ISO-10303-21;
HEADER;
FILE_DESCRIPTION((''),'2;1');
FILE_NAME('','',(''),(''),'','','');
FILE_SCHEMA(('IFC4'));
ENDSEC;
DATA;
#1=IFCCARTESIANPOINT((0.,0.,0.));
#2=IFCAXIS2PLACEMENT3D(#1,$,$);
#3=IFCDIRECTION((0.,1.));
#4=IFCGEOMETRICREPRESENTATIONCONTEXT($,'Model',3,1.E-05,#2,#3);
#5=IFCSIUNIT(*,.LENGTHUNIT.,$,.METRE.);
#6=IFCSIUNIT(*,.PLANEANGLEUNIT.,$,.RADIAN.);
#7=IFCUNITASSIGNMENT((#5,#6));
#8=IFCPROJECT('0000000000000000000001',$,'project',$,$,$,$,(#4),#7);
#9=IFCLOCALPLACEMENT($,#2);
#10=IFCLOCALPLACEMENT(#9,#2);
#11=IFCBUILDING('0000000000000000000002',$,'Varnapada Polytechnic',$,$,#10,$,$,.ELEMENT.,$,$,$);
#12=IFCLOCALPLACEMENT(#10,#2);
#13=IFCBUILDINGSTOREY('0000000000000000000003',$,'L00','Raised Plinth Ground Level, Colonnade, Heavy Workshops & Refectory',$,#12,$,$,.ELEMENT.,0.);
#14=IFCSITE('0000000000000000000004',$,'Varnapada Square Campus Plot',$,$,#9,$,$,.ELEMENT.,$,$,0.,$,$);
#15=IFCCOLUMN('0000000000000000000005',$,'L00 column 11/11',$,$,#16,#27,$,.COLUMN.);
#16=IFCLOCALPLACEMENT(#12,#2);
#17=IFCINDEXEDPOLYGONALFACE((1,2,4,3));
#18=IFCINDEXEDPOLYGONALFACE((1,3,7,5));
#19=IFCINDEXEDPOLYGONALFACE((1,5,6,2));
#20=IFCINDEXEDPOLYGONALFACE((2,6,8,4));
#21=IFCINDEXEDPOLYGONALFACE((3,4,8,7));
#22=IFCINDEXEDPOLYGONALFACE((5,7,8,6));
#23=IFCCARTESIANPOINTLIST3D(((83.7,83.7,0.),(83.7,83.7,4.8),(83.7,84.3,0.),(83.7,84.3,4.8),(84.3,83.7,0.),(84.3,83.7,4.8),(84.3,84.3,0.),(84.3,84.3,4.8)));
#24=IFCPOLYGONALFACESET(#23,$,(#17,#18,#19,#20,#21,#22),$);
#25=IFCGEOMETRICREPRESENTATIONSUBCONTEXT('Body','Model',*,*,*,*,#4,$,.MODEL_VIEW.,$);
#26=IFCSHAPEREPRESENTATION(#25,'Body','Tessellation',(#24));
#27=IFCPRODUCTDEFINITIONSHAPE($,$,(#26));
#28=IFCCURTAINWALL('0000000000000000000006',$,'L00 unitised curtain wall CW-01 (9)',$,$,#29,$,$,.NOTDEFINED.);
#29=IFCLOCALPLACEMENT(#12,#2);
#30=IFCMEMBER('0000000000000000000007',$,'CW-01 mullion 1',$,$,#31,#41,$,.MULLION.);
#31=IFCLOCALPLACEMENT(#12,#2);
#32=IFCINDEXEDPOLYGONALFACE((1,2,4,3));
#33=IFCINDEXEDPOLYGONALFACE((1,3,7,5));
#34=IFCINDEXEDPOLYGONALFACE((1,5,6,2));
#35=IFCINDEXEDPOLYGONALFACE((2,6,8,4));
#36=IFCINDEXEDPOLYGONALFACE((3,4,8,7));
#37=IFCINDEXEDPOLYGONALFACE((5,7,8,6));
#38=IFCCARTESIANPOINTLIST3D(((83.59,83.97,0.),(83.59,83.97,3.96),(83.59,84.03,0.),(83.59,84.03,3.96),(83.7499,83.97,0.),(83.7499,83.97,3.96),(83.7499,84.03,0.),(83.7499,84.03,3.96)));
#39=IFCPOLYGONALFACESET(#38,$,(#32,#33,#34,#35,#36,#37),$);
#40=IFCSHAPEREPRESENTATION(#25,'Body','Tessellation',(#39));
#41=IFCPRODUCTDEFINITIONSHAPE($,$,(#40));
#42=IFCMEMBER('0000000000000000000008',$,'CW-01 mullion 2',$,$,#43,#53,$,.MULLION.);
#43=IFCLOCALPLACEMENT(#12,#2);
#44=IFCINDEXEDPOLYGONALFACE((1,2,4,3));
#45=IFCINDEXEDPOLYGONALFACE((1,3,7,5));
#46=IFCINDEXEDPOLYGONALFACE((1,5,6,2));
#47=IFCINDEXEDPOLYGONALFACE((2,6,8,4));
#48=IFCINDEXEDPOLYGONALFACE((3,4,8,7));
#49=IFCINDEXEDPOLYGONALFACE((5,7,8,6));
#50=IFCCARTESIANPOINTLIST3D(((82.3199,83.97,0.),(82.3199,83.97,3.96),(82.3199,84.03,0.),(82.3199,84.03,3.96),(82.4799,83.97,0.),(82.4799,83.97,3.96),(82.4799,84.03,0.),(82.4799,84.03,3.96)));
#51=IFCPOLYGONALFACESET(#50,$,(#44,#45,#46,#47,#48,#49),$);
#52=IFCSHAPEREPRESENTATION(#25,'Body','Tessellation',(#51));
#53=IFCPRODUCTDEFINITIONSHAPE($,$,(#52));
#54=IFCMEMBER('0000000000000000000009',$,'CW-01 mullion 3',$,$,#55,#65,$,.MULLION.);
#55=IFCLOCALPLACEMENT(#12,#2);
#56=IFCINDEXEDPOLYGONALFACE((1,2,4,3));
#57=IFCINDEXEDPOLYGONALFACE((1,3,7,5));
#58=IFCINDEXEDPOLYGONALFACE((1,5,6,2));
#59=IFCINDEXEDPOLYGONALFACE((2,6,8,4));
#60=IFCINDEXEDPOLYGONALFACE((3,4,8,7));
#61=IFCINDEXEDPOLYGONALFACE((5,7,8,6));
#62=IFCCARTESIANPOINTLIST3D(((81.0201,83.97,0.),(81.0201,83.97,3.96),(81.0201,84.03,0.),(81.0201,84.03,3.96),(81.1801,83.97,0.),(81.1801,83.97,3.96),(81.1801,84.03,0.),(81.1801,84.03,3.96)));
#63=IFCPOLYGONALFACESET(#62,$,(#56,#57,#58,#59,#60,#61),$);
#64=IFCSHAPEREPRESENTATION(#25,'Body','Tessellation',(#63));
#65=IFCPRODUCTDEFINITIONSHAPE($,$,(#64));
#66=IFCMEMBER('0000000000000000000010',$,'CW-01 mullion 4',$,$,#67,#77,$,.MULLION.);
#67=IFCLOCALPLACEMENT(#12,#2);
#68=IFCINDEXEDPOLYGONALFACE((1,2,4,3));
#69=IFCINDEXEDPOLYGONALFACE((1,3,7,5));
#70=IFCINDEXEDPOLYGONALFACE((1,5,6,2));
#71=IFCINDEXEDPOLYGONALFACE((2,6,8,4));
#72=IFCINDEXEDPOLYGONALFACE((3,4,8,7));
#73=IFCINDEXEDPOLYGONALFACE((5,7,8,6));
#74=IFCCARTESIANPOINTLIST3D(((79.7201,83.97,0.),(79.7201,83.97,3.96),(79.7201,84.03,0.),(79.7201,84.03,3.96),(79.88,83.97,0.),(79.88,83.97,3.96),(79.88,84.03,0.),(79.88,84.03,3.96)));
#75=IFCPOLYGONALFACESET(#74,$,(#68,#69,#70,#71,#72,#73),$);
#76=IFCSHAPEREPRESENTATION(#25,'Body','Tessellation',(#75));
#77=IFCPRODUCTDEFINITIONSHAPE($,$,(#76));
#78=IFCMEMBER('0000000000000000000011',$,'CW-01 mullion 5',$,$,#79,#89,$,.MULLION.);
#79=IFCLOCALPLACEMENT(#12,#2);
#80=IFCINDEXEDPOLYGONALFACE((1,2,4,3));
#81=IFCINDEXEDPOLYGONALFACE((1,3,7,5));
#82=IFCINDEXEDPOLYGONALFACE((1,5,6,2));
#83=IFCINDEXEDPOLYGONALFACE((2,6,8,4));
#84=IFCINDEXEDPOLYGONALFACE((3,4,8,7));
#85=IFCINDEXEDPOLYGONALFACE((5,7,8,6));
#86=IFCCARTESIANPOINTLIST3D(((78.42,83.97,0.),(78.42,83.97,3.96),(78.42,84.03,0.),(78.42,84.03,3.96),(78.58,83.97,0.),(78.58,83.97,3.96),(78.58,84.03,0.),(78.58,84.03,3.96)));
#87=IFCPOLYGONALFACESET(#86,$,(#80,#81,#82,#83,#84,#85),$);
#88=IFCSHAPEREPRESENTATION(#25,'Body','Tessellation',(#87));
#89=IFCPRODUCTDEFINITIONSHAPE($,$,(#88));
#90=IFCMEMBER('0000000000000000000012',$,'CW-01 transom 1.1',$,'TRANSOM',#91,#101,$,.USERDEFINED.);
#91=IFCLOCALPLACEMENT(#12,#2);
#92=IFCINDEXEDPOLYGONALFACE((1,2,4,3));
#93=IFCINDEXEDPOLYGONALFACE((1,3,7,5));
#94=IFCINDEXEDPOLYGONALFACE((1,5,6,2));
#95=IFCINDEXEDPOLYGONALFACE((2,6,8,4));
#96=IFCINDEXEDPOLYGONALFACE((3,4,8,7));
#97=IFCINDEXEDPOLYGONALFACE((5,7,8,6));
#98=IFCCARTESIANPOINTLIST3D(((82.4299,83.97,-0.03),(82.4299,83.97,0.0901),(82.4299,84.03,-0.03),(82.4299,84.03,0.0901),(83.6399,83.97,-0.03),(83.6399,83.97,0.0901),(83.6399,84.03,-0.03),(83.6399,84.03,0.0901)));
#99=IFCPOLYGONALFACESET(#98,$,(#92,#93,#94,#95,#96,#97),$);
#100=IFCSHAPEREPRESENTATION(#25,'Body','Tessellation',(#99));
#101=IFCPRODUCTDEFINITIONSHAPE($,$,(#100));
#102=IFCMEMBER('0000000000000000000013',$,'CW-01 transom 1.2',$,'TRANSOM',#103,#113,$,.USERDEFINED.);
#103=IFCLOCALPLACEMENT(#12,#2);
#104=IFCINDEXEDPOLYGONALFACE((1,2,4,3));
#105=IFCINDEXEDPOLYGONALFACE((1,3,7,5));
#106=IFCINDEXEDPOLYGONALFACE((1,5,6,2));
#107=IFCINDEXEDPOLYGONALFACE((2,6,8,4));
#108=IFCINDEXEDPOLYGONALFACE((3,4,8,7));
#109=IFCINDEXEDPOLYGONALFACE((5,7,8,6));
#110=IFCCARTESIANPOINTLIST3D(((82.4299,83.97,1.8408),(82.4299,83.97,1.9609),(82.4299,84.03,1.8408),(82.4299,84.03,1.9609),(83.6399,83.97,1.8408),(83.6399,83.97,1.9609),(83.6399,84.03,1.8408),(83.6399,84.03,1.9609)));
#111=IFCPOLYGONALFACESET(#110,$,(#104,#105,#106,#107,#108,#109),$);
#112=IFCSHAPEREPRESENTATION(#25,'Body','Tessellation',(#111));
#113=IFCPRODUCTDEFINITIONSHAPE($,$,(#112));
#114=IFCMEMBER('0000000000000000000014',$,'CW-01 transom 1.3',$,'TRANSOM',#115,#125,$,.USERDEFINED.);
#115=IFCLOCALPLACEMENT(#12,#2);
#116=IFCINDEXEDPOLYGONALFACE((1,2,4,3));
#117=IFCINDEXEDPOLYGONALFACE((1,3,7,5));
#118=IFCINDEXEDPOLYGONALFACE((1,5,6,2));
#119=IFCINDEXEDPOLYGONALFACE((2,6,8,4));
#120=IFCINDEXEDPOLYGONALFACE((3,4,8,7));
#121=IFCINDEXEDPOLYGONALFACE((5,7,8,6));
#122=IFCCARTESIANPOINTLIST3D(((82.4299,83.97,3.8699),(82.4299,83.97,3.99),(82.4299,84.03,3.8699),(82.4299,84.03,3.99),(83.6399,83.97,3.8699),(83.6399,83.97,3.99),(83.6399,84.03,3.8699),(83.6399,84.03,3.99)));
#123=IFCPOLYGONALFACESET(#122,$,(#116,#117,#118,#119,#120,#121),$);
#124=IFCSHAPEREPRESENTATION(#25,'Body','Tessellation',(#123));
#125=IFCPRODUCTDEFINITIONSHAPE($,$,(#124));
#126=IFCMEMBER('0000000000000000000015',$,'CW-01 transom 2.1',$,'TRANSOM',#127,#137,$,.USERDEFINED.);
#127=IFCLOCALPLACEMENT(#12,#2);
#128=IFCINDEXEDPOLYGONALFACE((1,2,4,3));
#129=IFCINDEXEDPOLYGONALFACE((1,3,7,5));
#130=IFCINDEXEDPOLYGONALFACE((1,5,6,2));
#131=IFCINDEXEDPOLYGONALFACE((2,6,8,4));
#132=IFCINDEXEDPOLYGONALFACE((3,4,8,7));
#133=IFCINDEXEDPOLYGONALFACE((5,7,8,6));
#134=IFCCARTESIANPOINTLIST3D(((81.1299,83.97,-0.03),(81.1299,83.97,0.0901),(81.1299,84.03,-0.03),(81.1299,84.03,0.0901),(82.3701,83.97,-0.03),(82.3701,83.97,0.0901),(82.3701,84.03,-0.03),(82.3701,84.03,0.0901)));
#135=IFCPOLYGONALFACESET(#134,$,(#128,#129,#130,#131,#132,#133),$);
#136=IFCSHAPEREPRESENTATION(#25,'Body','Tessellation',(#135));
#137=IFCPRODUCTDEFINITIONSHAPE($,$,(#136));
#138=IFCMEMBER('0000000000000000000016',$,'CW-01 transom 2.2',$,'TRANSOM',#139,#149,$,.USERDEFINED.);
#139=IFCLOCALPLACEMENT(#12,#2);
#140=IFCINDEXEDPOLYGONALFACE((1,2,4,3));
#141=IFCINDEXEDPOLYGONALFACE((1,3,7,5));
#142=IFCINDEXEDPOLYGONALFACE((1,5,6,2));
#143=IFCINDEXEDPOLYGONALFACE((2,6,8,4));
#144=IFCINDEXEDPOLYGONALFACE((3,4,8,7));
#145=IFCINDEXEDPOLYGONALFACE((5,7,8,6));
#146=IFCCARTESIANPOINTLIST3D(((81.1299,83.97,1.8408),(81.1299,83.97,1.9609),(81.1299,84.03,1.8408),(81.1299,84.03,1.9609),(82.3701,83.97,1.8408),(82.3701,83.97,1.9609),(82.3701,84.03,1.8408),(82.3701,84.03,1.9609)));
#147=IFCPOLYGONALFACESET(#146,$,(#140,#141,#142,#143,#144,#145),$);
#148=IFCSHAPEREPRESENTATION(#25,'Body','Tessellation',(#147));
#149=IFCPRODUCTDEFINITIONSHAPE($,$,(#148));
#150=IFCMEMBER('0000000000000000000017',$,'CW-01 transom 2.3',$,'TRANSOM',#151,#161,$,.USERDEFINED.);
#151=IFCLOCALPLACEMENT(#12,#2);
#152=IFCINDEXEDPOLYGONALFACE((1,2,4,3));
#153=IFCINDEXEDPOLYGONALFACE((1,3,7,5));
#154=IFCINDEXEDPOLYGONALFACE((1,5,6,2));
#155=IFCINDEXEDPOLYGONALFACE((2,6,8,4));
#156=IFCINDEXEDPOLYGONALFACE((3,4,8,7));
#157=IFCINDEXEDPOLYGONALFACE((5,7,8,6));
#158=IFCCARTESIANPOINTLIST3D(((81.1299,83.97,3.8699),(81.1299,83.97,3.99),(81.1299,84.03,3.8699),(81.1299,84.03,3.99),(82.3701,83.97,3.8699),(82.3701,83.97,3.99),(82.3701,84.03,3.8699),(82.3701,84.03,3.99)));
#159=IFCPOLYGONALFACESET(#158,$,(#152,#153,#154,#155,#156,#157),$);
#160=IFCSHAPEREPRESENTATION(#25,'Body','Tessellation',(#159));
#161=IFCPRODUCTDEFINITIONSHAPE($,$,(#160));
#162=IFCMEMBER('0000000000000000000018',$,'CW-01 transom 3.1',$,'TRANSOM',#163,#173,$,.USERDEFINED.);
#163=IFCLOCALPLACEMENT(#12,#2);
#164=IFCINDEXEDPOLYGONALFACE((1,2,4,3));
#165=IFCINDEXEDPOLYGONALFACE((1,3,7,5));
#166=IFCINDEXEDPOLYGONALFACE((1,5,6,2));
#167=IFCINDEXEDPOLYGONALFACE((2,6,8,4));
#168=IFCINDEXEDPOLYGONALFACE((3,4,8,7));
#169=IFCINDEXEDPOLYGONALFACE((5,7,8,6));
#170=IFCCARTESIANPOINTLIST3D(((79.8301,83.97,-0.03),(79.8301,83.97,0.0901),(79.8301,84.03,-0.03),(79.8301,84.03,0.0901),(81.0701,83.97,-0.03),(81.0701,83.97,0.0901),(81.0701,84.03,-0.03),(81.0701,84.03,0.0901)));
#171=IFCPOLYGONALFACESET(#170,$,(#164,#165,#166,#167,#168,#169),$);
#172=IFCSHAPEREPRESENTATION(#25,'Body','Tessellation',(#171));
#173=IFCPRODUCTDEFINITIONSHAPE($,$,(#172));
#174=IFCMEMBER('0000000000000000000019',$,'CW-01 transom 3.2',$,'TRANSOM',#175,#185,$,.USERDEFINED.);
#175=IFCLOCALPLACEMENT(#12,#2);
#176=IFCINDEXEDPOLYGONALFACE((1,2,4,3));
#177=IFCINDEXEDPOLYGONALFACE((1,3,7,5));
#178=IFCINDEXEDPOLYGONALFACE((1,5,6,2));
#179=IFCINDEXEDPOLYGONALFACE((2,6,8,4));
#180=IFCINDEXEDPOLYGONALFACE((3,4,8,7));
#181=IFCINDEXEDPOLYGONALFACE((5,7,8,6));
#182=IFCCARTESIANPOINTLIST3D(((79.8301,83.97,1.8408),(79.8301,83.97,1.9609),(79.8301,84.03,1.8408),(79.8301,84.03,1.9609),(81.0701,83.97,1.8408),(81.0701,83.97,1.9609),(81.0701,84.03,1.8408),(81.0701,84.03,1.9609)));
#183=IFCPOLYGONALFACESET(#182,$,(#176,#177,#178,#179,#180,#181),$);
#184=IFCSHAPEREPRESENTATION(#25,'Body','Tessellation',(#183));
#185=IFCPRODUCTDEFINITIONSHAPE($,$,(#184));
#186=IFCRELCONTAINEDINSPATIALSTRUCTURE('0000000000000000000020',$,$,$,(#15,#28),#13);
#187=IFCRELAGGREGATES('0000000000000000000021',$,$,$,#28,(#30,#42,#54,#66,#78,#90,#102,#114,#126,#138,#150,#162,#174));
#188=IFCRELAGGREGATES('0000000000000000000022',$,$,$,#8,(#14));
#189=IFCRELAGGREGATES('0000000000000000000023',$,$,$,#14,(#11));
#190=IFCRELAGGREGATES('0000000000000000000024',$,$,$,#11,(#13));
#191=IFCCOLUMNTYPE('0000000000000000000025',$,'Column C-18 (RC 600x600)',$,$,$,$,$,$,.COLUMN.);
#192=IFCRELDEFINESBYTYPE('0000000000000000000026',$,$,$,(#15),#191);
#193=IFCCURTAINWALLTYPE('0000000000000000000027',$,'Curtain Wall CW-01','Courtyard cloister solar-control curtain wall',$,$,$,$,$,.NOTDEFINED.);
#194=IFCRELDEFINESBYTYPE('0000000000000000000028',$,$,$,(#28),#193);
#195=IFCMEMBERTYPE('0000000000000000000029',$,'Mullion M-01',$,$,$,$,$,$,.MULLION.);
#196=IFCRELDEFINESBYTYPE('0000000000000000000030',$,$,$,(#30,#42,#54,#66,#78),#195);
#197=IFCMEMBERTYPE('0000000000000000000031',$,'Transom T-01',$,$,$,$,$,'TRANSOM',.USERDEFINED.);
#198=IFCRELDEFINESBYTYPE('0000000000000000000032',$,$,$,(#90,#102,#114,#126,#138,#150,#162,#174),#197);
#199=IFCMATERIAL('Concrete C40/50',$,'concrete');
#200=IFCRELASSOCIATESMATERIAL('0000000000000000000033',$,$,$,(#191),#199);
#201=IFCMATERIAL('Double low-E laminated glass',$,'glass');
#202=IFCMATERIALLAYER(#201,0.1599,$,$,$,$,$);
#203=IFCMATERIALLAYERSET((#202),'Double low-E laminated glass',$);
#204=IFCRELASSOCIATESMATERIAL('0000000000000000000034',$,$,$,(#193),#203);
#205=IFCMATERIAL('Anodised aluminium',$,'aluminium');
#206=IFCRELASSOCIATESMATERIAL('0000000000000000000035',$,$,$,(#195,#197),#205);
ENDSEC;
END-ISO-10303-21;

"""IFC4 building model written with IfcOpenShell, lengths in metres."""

from ifc_helpers import new_model, si_unit, direction, frame, origin, origin_2d, place, context, subcontext, project, spatial, rectangle, extrude, material, layer, layer_set, material_profile, profile_set, type_object, element, aggregate, save


model = new_model("IFC4")

# Units and contexts
model_context = context("Model", 3, precision=1e-05, world=origin(), true_north=direction((0.0, 1.0)))
body_context = subcontext(model_context, "Body", "Model", "MODEL_VIEW")
ifc_project = project(units=[si_unit("LENGTHUNIT", "METRE"), si_unit("PLANEANGLEUNIT", "RADIAN")], contexts=[model_context])

# Site, building, storey
site_placement = place(None, origin())
site = spatial("IfcSite", under=ifc_project, at=site_placement, Name="Varnapada Square Campus Plot", CompositionType="ELEMENT", RefElevation=0.0)
building_placement = place(site_placement, origin())
building = spatial("IfcBuilding", under=site, at=building_placement, Name="Varnapada Polytechnic", CompositionType="ELEMENT")
storey_placement = place(building_placement, origin())
storey = spatial("IfcBuildingStorey", under=building, at=storey_placement, Name="L00", Description="Raised Plinth Ground Level, Colonnade, Heavy Workshops & Refectory", CompositionType="ELEMENT", Elevation=0.0)

# Column
ifc_material_1 = material(Name="Concrete C40/50", Category="concrete")
ifc_material_profile_1 = material_profile(ifc_material_1, rectangle(XDim=0.6001, YDim=0.6001, at=origin_2d()), Name="RC 600x600")
ifc_profile_set_1 = profile_set([ifc_material_profile_1], Name="Concrete C40/50")
column_type = type_object("IfcColumnType", Name="Column C-18 (RC 600x600)", PredefinedType="COLUMN", material=ifc_profile_set_1)
column_placement = place(storey_placement, frame((84.0, 84.0, 0.0), z_axis=(0.0, 0.0, 1.0), x_axis=(1.0, 0.0, 0.0)))
element("IfcColumn", 1, at=column_placement, inside=storey, type_object=column_type, Name="L00 column 11/11", PredefinedType="COLUMN", context=body_context, shape_type="SweptSolid", body=[
    extrude(rectangle(XDim=0.6001, YDim=0.6001, at=origin_2d()), origin(), (0.0, 0.0, 1.0), 4.8),
])

# Curtain wall, members
ifc_material_2 = material(Name="Double low-E laminated glass", Category="glass")
ifc_layer_1 = layer(ifc_material_2, 0.1599)
ifc_layer_set_1 = layer_set([ifc_layer_1], Name="Double low-E laminated glass")
curtain_wall_type = type_object("IfcCurtainWallType", Name="Curtain Wall CW-01", Description="Courtyard cloister solar-control curtain wall", PredefinedType="NOTDEFINED", material=ifc_layer_set_1)
curtain_wall_placement = place(storey_placement, origin())
curtain_wall = element("IfcCurtainWall", 2, at=curtain_wall_placement, inside=storey, type_object=curtain_wall_type, Name="L00 unitised curtain wall CW-01 (9)", PredefinedType="NOTDEFINED")
ifc_material_3 = material(Name="Anodised aluminium", Category="aluminium")
ifc_material_profile_2 = material_profile(ifc_material_3, rectangle(XDim=0.0601, YDim=0.1599, at=origin_2d()), Name="ALU M60x160")
ifc_profile_set_2 = profile_set([ifc_material_profile_2], Name="Anodised aluminium")
member_type_1 = type_object("IfcMemberType", Name="Mullion M-01", PredefinedType="MULLION", material=ifc_profile_set_2)
member_1_placement = place(storey_placement, frame((83.6699, 84.0, 0.0), z_axis=(0.0, 0.0, 1.0), x_axis=(0.0, -1.0, 0.0)))
member_1 = element("IfcMember", 3, at=member_1_placement, type_object=member_type_1, Name="CW-01 mullion 1", PredefinedType="MULLION", context=body_context, shape_type="SweptSolid", body=[
    extrude(rectangle(XDim=0.0601, YDim=0.1599, at=origin_2d()), origin(), (0.0, 0.0, 1.0), 3.96),
])
member_2_placement = place(storey_placement, frame((82.3999, 84.0, 0.0), z_axis=(0.0, 0.0, 1.0), x_axis=(0.0, -1.0, 0.0)))
member_2 = element("IfcMember", 4, at=member_2_placement, type_object=member_type_1, Name="CW-01 mullion 2", PredefinedType="MULLION", context=body_context, shape_type="SweptSolid", body=[
    extrude(rectangle(XDim=0.0601, YDim=0.1599, at=origin_2d()), origin(), (0.0, 0.0, 1.0), 3.96),
])
member_3_placement = place(storey_placement, frame((81.1001, 84.0, 0.0), z_axis=(0.0, 0.0, 1.0), x_axis=(0.0, -1.0, 0.0)))
member_3 = element("IfcMember", 5, at=member_3_placement, type_object=member_type_1, Name="CW-01 mullion 3", PredefinedType="MULLION", context=body_context, shape_type="SweptSolid", body=[
    extrude(rectangle(XDim=0.0601, YDim=0.1599, at=origin_2d()), origin(), (0.0, 0.0, 1.0), 3.96),
])
member_4_placement = place(storey_placement, frame((79.8, 84.0, 0.0), z_axis=(0.0, 0.0, 1.0), x_axis=(0.0, -1.0, 0.0)))
member_4 = element("IfcMember", 6, at=member_4_placement, type_object=member_type_1, Name="CW-01 mullion 4", PredefinedType="MULLION", context=body_context, shape_type="SweptSolid", body=[
    extrude(rectangle(XDim=0.0601, YDim=0.1599, at=origin_2d()), origin(), (0.0, 0.0, 1.0), 3.96),
])
member_5_placement = place(storey_placement, frame((78.5, 84.0, 0.0), z_axis=(0.0, 0.0, 1.0), x_axis=(0.0, -1.0, 0.0)))
member_5 = element("IfcMember", 7, at=member_5_placement, type_object=member_type_1, Name="CW-01 mullion 5", PredefinedType="MULLION", context=body_context, shape_type="SweptSolid", body=[
    extrude(rectangle(XDim=0.0601, YDim=0.1599, at=origin_2d()), origin(), (0.0, 0.0, 1.0), 3.96),
])
ifc_material_profile_3 = material_profile(ifc_material_3, rectangle(XDim=0.0601, YDim=0.1201, at=origin_2d()), Name="ALU T60x120")
ifc_profile_set_3 = profile_set([ifc_material_profile_3], Name="Anodised aluminium")
member_type_2 = type_object("IfcMemberType", Name="Transom T-01", ElementType="TRANSOM", PredefinedType="USERDEFINED", material=ifc_profile_set_3)
member_6_placement = place(storey_placement, frame((83.6399, 84.0, 0.03), z_axis=(-1.0, 0.0, 0.0), x_axis=(0.0, -1.0, 0.0)))
member_6 = element("IfcMember", 8, at=member_6_placement, type_object=member_type_2, Name="CW-01 transom 1.1", ObjectType="TRANSOM", PredefinedType="USERDEFINED", context=body_context, shape_type="SweptSolid", body=[
    extrude(rectangle(XDim=0.0601, YDim=0.1201, at=origin_2d()), origin(), (0.0, 0.0, 1.0), 1.21),
])
member_7_placement = place(storey_placement, frame((83.6399, 84.0, 1.9009), z_axis=(-1.0, 0.0, 0.0), x_axis=(0.0, -1.0, 0.0)))
member_7 = element("IfcMember", 9, at=member_7_placement, type_object=member_type_2, Name="CW-01 transom 1.2", ObjectType="TRANSOM", PredefinedType="USERDEFINED", context=body_context, shape_type="SweptSolid", body=[
    extrude(rectangle(XDim=0.0601, YDim=0.1201, at=origin_2d()), origin(), (0.0, 0.0, 1.0), 1.21),
])
member_8_placement = place(storey_placement, frame((83.6399, 84.0, 3.9299), z_axis=(-1.0, 0.0, 0.0), x_axis=(0.0, -1.0, 0.0)))
member_8 = element("IfcMember", 10, at=member_8_placement, type_object=member_type_2, Name="CW-01 transom 1.3", ObjectType="TRANSOM", PredefinedType="USERDEFINED", context=body_context, shape_type="SweptSolid", body=[
    extrude(rectangle(XDim=0.0601, YDim=0.1201, at=origin_2d()), origin(), (0.0, 0.0, 1.0), 1.21),
])
member_9_placement = place(storey_placement, frame((82.3701, 84.0, 0.03), z_axis=(-1.0, 0.0, 0.0), x_axis=(0.0, -1.0, 0.0)))
member_9 = element("IfcMember", 11, at=member_9_placement, type_object=member_type_2, Name="CW-01 transom 2.1", ObjectType="TRANSOM", PredefinedType="USERDEFINED", context=body_context, shape_type="SweptSolid", body=[
    extrude(rectangle(XDim=0.0601, YDim=0.1201, at=origin_2d()), origin(), (0.0, 0.0, 1.0), 1.2402),
])
member_10_placement = place(storey_placement, frame((82.3701, 84.0, 1.9009), z_axis=(-1.0, 0.0, 0.0), x_axis=(0.0, -1.0, 0.0)))
member_10 = element("IfcMember", 12, at=member_10_placement, type_object=member_type_2, Name="CW-01 transom 2.2", ObjectType="TRANSOM", PredefinedType="USERDEFINED", context=body_context, shape_type="SweptSolid", body=[
    extrude(rectangle(XDim=0.0601, YDim=0.1201, at=origin_2d()), origin(), (0.0, 0.0, 1.0), 1.2402),
])
member_11_placement = place(storey_placement, frame((82.3701, 84.0, 3.9299), z_axis=(-1.0, 0.0, 0.0), x_axis=(0.0, -1.0, 0.0)))
member_11 = element("IfcMember", 13, at=member_11_placement, type_object=member_type_2, Name="CW-01 transom 2.3", ObjectType="TRANSOM", PredefinedType="USERDEFINED", context=body_context, shape_type="SweptSolid", body=[
    extrude(rectangle(XDim=0.0601, YDim=0.1201, at=origin_2d()), origin(), (0.0, 0.0, 1.0), 1.2402),
])
member_12_placement = place(storey_placement, frame((81.0701, 84.0, 0.03), z_axis=(-1.0, 0.0, 0.0), x_axis=(0.0, -1.0, 0.0)))
member_12 = element("IfcMember", 14, at=member_12_placement, type_object=member_type_2, Name="CW-01 transom 3.1", ObjectType="TRANSOM", PredefinedType="USERDEFINED", context=body_context, shape_type="SweptSolid", body=[
    extrude(rectangle(XDim=0.0601, YDim=0.1201, at=origin_2d()), origin(), (0.0, 0.0, 1.0), 1.24),
])
member_13_placement = place(storey_placement, frame((81.0701, 84.0, 1.9009), z_axis=(-1.0, 0.0, 0.0), x_axis=(0.0, -1.0, 0.0)))
member_13 = element("IfcMember", 15, at=member_13_placement, type_object=member_type_2, Name="CW-01 transom 3.2", ObjectType="TRANSOM", PredefinedType="USERDEFINED", context=body_context, shape_type="SweptSolid", body=[
    extrude(rectangle(XDim=0.0601, YDim=0.1201, at=origin_2d()), origin(), (0.0, 0.0, 1.0), 1.24),
])

aggregate(curtain_wall, [member_1, member_2, member_3, member_4, member_5, member_6, member_7, member_8, member_9, member_10, member_11, member_12, member_13])

save(model, "model.ifc")
